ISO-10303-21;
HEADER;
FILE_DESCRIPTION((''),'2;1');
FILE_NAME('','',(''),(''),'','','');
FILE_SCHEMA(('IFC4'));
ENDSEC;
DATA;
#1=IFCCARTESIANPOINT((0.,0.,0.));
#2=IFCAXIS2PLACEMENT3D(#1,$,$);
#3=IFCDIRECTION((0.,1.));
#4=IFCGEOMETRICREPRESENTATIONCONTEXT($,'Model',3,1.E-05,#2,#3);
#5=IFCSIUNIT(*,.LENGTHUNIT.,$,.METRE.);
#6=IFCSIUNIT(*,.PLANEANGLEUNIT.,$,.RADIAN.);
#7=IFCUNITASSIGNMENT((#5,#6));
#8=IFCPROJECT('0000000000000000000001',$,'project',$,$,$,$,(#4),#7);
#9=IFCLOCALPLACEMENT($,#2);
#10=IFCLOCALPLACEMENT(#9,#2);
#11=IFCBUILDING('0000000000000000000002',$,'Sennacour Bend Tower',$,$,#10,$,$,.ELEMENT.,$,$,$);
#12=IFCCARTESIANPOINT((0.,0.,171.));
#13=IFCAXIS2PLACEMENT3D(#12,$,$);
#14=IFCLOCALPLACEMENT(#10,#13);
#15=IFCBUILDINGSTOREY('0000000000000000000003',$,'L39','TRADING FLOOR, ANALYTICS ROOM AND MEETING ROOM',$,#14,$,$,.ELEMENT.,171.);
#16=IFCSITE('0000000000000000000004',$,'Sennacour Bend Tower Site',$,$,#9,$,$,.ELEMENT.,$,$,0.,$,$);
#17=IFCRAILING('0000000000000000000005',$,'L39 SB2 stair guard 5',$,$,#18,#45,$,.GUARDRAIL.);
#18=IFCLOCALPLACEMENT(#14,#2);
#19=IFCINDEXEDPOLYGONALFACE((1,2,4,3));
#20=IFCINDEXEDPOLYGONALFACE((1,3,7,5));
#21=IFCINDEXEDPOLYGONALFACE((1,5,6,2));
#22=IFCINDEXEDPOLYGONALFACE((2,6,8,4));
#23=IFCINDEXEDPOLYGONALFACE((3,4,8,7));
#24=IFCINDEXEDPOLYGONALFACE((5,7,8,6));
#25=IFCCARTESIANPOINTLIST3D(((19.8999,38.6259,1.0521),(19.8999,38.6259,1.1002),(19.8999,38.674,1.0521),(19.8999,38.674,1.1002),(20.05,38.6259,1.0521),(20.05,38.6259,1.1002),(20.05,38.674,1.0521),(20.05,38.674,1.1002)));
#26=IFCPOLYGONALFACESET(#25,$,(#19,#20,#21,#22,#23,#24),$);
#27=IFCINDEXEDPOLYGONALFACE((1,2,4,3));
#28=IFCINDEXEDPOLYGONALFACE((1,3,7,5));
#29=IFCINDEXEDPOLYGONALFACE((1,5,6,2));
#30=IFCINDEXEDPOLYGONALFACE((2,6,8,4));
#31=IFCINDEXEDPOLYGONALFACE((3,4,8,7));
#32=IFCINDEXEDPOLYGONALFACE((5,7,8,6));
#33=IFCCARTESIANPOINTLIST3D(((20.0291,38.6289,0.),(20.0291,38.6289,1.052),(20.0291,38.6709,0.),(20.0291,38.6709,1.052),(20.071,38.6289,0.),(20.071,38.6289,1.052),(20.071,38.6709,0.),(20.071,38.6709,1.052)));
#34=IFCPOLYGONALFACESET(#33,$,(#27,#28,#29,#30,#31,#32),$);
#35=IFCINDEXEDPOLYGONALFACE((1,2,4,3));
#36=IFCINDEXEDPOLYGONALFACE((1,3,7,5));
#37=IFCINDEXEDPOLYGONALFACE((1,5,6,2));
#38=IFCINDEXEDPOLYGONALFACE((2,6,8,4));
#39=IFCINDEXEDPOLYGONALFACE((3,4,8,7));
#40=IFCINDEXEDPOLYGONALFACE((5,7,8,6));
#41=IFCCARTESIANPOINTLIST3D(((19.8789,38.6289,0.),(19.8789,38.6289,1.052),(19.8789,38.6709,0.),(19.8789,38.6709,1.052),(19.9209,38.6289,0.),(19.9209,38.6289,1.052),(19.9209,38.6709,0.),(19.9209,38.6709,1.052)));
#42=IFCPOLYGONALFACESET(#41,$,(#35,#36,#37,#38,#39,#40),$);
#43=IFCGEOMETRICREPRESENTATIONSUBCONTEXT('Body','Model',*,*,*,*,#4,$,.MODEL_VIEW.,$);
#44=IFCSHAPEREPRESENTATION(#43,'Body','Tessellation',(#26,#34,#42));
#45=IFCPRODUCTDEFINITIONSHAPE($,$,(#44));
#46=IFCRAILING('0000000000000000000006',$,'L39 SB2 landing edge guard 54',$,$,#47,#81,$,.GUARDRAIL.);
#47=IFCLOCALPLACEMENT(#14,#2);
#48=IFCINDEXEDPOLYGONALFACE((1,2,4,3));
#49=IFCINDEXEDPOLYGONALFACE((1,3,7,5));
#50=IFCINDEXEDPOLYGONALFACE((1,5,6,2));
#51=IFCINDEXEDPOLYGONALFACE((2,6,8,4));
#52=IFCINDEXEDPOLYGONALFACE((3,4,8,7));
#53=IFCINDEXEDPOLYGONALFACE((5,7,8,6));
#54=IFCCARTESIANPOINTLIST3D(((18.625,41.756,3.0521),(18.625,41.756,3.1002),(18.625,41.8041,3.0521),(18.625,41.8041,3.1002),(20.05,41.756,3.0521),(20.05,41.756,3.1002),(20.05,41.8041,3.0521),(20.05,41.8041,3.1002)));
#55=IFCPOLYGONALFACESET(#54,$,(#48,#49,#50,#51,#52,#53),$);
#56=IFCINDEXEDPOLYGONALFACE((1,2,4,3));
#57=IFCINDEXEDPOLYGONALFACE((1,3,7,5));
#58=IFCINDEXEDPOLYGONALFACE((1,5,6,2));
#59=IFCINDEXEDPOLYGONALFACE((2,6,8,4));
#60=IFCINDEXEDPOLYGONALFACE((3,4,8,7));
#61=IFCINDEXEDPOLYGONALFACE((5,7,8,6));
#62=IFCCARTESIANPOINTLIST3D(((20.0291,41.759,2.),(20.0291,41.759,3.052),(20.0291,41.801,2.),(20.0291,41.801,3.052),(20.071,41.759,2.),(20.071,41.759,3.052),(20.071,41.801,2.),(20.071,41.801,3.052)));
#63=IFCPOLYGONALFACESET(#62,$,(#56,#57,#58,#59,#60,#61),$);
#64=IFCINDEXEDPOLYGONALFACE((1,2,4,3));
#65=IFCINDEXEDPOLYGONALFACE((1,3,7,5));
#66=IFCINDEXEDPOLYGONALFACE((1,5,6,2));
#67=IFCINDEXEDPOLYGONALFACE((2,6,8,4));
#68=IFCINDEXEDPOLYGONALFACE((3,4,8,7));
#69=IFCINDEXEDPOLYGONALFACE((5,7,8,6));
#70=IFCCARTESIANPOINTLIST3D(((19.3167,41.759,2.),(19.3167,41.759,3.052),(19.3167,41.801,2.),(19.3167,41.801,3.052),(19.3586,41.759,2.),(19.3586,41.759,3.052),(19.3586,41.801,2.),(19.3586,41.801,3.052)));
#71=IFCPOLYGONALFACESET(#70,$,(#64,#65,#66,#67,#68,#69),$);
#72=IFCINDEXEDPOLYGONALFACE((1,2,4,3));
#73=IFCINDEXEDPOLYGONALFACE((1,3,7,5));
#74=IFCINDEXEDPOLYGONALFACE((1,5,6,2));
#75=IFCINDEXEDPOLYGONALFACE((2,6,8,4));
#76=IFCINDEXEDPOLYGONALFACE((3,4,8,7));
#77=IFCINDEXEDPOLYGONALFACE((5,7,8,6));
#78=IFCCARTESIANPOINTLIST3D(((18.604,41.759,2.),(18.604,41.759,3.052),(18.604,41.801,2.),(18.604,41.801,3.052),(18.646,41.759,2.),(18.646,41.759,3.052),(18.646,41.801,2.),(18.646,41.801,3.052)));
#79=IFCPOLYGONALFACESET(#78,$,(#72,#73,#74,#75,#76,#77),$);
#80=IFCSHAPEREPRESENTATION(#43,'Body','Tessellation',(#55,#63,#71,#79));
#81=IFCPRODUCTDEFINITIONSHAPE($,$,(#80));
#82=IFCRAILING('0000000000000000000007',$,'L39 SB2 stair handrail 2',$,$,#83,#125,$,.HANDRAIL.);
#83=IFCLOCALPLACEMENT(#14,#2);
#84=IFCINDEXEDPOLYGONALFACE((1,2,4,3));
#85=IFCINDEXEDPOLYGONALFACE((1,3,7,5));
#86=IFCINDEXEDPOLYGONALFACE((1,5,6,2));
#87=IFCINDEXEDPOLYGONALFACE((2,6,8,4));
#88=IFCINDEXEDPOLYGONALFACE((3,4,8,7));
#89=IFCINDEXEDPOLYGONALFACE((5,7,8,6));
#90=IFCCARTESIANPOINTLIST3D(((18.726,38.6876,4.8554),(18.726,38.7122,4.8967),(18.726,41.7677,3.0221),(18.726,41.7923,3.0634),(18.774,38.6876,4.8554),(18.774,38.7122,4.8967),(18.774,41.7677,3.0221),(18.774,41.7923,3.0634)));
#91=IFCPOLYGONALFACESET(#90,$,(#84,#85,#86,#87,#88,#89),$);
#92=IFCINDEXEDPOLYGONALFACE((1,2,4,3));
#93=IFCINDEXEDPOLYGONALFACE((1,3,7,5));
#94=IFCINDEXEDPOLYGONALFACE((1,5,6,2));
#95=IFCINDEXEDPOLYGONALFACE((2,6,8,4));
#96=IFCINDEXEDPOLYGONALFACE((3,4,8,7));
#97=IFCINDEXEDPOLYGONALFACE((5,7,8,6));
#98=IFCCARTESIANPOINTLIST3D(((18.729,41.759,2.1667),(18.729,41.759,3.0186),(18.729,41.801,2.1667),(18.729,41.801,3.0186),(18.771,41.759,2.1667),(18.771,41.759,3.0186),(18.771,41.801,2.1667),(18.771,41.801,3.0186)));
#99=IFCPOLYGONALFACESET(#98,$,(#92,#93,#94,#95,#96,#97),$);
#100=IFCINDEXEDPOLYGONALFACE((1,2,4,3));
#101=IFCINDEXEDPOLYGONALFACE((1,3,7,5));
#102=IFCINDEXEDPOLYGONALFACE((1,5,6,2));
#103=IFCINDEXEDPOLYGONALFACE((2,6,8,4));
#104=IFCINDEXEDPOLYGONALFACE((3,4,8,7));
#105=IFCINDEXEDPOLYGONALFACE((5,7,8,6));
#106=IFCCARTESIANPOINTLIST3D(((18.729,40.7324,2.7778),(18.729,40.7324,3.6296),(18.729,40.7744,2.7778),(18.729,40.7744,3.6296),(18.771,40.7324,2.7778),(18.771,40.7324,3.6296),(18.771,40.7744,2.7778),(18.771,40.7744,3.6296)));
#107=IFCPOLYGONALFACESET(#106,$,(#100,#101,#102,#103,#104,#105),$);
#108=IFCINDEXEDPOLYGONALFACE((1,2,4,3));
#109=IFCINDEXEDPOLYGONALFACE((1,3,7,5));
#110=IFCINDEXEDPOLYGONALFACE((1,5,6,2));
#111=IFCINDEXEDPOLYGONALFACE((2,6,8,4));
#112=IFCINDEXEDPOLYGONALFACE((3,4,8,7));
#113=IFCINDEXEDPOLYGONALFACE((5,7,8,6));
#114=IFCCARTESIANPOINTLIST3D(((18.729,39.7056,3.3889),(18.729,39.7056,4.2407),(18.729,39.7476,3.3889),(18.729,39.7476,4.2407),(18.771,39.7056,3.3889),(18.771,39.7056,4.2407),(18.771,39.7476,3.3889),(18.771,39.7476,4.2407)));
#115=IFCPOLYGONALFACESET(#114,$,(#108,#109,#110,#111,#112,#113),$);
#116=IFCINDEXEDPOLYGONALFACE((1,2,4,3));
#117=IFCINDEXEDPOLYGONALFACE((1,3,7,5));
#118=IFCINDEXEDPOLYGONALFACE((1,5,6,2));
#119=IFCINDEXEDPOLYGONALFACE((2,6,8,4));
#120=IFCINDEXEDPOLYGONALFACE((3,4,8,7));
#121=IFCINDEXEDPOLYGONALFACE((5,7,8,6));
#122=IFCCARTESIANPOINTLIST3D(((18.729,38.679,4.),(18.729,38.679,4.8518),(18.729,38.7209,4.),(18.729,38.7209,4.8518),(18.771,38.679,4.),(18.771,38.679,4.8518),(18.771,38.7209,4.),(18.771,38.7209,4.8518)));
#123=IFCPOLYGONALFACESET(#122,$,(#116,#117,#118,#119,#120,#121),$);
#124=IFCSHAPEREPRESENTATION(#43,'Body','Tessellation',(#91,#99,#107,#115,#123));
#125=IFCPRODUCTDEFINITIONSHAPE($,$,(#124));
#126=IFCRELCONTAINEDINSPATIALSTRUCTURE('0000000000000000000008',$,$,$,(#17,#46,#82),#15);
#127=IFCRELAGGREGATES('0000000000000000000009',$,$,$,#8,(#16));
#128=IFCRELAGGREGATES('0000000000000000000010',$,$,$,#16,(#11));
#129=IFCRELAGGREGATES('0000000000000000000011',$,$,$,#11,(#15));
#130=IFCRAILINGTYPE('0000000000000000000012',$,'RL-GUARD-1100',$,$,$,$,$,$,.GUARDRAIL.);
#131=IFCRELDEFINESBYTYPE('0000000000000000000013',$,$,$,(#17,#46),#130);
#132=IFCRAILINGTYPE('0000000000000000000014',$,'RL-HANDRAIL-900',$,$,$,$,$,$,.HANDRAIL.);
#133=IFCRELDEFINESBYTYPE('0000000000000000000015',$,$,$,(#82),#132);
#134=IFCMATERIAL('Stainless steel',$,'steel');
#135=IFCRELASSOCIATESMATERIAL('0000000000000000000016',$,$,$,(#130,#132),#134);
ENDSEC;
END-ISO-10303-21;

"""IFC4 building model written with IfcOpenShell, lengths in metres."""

from ifc_helpers import new_model, si_unit, direction, frame, origin, origin_2d, place, context, subcontext, project, spatial, rectangle, extrude, material, type_object, element, save


model = new_model("IFC4")

# Units and contexts
model_context = context("Model", 3, precision=1e-05, world=origin(), true_north=direction((0.0, 1.0)))
body_context = subcontext(model_context, "Body", "Model", "MODEL_VIEW")
ifc_project = project(units=[si_unit("LENGTHUNIT", "METRE"), si_unit("PLANEANGLEUNIT", "RADIAN")], contexts=[model_context])

# Site, building, storey
site_placement = place(None, origin())
site = spatial("IfcSite", under=ifc_project, at=site_placement, Name="Sennacour Bend Tower Site", CompositionType="ELEMENT", RefElevation=0.0)
building_placement = place(site_placement, origin())
building = spatial("IfcBuilding", under=site, at=building_placement, Name="Sennacour Bend Tower", CompositionType="ELEMENT")
storey_placement = place(building_placement, frame((0.0, 0.0, 171.0)))
storey = spatial("IfcBuildingStorey", under=building, at=storey_placement, Name="L39", Description="TRADING FLOOR, ANALYTICS ROOM AND MEETING ROOM", CompositionType="ELEMENT", Elevation=171.0)

# Shared definitions
ifc_material_1 = material(Name="Stainless steel", Category="steel")

# Railings
railing_type_1 = type_object("IfcRailingType", Name="RL-GUARD-1100", PredefinedType="GUARDRAIL", material=ifc_material_1)
railing_1_placement = place(storey_placement, frame((20.05, 38.6499, 0.0)))
element("IfcRailing", 1, at=railing_1_placement, inside=storey, type_object=railing_type_1, Name="L39 SB2 stair guard 5", PredefinedType="GUARDRAIL", context=body_context, shape_type="SweptSolid", body=[
    extrude(rectangle(XDim=0.0481, YDim=0.0481, at=origin_2d()), frame((0.0, 0.0, 1.0762), z_axis=(-1.0, 0.0, 0.0), x_axis=(0.0, -1.0, 0.0)), (0.0, 0.0, 1.0), 0.1501),
    extrude(rectangle(XDim=0.042, YDim=0.042, at=origin_2d()), origin(), (0.0, 0.0, 1.0), 1.052),
    extrude(rectangle(XDim=0.042, YDim=0.042, at=origin_2d()), frame((-0.1501, 0.0, 0.0)), (0.0, 0.0, 1.0), 1.052),
])
railing_2_placement = place(storey_placement, frame((20.05, 41.78, 2.0)))
element("IfcRailing", 2, at=railing_2_placement, inside=storey, type_object=railing_type_1, Name="L39 SB2 landing edge guard 54", PredefinedType="GUARDRAIL", context=body_context, shape_type="SweptSolid", body=[
    extrude(rectangle(XDim=0.0481, YDim=0.0481, at=origin_2d()), frame((0.0, 0.0, 1.0762), z_axis=(-1.0, 0.0, 0.0), x_axis=(0.0, -1.0, 0.0)), (0.0, 0.0, 1.0), 1.425),
    extrude(rectangle(XDim=0.042, YDim=0.042, at=origin_2d()), origin(), (0.0, 0.0, 1.0), 1.052),
    extrude(rectangle(XDim=0.042, YDim=0.042, at=origin_2d()), frame((-0.7124, 0.0, 0.0)), (0.0, 0.0, 1.0), 1.052),
    extrude(rectangle(XDim=0.042, YDim=0.042, at=origin_2d()), frame((-1.425, 0.0, 0.0)), (0.0, 0.0, 1.0), 1.052),
])
railing_type_2 = type_object("IfcRailingType", Name="RL-HANDRAIL-900", PredefinedType="HANDRAIL", material=ifc_material_1)
railing_3_placement = place(storey_placement, frame((18.75, 41.78, 2.1667)))
element("IfcRailing", 3, at=railing_3_placement, inside=storey, type_object=railing_type_2, Name="L39 SB2 stair handrail 2", PredefinedType="HANDRAIL", context=body_context, shape_type="SweptSolid", body=[
    extrude(rectangle(XDim=0.0481, YDim=0.0481, at=origin_2d()), frame((0.0, 0.0, 0.876), z_axis=(0.0, -0.859309, 0.511458), x_axis=(1.0, 0.0, 0.0)), (0.0, 0.0, 1.0), 3.5845),
    extrude(rectangle(XDim=0.042, YDim=0.042, at=origin_2d()), origin(), (0.0, 0.0, 1.0), 0.8518),
    extrude(rectangle(XDim=0.042, YDim=0.042, at=origin_2d()), frame((0.0, -1.0266, 0.6111)), (0.0, 0.0, 1.0), 0.8518),
    extrude(rectangle(XDim=0.042, YDim=0.042, at=origin_2d()), frame((0.0, -2.0535, 1.2222)), (0.0, 0.0, 1.0), 0.8518),
    extrude(rectangle(XDim=0.042, YDim=0.042, at=origin_2d()), frame((0.0, -3.0801, 1.8333)), (0.0, 0.0, 1.0), 0.8518),
])

save(model, "model.ifc")
